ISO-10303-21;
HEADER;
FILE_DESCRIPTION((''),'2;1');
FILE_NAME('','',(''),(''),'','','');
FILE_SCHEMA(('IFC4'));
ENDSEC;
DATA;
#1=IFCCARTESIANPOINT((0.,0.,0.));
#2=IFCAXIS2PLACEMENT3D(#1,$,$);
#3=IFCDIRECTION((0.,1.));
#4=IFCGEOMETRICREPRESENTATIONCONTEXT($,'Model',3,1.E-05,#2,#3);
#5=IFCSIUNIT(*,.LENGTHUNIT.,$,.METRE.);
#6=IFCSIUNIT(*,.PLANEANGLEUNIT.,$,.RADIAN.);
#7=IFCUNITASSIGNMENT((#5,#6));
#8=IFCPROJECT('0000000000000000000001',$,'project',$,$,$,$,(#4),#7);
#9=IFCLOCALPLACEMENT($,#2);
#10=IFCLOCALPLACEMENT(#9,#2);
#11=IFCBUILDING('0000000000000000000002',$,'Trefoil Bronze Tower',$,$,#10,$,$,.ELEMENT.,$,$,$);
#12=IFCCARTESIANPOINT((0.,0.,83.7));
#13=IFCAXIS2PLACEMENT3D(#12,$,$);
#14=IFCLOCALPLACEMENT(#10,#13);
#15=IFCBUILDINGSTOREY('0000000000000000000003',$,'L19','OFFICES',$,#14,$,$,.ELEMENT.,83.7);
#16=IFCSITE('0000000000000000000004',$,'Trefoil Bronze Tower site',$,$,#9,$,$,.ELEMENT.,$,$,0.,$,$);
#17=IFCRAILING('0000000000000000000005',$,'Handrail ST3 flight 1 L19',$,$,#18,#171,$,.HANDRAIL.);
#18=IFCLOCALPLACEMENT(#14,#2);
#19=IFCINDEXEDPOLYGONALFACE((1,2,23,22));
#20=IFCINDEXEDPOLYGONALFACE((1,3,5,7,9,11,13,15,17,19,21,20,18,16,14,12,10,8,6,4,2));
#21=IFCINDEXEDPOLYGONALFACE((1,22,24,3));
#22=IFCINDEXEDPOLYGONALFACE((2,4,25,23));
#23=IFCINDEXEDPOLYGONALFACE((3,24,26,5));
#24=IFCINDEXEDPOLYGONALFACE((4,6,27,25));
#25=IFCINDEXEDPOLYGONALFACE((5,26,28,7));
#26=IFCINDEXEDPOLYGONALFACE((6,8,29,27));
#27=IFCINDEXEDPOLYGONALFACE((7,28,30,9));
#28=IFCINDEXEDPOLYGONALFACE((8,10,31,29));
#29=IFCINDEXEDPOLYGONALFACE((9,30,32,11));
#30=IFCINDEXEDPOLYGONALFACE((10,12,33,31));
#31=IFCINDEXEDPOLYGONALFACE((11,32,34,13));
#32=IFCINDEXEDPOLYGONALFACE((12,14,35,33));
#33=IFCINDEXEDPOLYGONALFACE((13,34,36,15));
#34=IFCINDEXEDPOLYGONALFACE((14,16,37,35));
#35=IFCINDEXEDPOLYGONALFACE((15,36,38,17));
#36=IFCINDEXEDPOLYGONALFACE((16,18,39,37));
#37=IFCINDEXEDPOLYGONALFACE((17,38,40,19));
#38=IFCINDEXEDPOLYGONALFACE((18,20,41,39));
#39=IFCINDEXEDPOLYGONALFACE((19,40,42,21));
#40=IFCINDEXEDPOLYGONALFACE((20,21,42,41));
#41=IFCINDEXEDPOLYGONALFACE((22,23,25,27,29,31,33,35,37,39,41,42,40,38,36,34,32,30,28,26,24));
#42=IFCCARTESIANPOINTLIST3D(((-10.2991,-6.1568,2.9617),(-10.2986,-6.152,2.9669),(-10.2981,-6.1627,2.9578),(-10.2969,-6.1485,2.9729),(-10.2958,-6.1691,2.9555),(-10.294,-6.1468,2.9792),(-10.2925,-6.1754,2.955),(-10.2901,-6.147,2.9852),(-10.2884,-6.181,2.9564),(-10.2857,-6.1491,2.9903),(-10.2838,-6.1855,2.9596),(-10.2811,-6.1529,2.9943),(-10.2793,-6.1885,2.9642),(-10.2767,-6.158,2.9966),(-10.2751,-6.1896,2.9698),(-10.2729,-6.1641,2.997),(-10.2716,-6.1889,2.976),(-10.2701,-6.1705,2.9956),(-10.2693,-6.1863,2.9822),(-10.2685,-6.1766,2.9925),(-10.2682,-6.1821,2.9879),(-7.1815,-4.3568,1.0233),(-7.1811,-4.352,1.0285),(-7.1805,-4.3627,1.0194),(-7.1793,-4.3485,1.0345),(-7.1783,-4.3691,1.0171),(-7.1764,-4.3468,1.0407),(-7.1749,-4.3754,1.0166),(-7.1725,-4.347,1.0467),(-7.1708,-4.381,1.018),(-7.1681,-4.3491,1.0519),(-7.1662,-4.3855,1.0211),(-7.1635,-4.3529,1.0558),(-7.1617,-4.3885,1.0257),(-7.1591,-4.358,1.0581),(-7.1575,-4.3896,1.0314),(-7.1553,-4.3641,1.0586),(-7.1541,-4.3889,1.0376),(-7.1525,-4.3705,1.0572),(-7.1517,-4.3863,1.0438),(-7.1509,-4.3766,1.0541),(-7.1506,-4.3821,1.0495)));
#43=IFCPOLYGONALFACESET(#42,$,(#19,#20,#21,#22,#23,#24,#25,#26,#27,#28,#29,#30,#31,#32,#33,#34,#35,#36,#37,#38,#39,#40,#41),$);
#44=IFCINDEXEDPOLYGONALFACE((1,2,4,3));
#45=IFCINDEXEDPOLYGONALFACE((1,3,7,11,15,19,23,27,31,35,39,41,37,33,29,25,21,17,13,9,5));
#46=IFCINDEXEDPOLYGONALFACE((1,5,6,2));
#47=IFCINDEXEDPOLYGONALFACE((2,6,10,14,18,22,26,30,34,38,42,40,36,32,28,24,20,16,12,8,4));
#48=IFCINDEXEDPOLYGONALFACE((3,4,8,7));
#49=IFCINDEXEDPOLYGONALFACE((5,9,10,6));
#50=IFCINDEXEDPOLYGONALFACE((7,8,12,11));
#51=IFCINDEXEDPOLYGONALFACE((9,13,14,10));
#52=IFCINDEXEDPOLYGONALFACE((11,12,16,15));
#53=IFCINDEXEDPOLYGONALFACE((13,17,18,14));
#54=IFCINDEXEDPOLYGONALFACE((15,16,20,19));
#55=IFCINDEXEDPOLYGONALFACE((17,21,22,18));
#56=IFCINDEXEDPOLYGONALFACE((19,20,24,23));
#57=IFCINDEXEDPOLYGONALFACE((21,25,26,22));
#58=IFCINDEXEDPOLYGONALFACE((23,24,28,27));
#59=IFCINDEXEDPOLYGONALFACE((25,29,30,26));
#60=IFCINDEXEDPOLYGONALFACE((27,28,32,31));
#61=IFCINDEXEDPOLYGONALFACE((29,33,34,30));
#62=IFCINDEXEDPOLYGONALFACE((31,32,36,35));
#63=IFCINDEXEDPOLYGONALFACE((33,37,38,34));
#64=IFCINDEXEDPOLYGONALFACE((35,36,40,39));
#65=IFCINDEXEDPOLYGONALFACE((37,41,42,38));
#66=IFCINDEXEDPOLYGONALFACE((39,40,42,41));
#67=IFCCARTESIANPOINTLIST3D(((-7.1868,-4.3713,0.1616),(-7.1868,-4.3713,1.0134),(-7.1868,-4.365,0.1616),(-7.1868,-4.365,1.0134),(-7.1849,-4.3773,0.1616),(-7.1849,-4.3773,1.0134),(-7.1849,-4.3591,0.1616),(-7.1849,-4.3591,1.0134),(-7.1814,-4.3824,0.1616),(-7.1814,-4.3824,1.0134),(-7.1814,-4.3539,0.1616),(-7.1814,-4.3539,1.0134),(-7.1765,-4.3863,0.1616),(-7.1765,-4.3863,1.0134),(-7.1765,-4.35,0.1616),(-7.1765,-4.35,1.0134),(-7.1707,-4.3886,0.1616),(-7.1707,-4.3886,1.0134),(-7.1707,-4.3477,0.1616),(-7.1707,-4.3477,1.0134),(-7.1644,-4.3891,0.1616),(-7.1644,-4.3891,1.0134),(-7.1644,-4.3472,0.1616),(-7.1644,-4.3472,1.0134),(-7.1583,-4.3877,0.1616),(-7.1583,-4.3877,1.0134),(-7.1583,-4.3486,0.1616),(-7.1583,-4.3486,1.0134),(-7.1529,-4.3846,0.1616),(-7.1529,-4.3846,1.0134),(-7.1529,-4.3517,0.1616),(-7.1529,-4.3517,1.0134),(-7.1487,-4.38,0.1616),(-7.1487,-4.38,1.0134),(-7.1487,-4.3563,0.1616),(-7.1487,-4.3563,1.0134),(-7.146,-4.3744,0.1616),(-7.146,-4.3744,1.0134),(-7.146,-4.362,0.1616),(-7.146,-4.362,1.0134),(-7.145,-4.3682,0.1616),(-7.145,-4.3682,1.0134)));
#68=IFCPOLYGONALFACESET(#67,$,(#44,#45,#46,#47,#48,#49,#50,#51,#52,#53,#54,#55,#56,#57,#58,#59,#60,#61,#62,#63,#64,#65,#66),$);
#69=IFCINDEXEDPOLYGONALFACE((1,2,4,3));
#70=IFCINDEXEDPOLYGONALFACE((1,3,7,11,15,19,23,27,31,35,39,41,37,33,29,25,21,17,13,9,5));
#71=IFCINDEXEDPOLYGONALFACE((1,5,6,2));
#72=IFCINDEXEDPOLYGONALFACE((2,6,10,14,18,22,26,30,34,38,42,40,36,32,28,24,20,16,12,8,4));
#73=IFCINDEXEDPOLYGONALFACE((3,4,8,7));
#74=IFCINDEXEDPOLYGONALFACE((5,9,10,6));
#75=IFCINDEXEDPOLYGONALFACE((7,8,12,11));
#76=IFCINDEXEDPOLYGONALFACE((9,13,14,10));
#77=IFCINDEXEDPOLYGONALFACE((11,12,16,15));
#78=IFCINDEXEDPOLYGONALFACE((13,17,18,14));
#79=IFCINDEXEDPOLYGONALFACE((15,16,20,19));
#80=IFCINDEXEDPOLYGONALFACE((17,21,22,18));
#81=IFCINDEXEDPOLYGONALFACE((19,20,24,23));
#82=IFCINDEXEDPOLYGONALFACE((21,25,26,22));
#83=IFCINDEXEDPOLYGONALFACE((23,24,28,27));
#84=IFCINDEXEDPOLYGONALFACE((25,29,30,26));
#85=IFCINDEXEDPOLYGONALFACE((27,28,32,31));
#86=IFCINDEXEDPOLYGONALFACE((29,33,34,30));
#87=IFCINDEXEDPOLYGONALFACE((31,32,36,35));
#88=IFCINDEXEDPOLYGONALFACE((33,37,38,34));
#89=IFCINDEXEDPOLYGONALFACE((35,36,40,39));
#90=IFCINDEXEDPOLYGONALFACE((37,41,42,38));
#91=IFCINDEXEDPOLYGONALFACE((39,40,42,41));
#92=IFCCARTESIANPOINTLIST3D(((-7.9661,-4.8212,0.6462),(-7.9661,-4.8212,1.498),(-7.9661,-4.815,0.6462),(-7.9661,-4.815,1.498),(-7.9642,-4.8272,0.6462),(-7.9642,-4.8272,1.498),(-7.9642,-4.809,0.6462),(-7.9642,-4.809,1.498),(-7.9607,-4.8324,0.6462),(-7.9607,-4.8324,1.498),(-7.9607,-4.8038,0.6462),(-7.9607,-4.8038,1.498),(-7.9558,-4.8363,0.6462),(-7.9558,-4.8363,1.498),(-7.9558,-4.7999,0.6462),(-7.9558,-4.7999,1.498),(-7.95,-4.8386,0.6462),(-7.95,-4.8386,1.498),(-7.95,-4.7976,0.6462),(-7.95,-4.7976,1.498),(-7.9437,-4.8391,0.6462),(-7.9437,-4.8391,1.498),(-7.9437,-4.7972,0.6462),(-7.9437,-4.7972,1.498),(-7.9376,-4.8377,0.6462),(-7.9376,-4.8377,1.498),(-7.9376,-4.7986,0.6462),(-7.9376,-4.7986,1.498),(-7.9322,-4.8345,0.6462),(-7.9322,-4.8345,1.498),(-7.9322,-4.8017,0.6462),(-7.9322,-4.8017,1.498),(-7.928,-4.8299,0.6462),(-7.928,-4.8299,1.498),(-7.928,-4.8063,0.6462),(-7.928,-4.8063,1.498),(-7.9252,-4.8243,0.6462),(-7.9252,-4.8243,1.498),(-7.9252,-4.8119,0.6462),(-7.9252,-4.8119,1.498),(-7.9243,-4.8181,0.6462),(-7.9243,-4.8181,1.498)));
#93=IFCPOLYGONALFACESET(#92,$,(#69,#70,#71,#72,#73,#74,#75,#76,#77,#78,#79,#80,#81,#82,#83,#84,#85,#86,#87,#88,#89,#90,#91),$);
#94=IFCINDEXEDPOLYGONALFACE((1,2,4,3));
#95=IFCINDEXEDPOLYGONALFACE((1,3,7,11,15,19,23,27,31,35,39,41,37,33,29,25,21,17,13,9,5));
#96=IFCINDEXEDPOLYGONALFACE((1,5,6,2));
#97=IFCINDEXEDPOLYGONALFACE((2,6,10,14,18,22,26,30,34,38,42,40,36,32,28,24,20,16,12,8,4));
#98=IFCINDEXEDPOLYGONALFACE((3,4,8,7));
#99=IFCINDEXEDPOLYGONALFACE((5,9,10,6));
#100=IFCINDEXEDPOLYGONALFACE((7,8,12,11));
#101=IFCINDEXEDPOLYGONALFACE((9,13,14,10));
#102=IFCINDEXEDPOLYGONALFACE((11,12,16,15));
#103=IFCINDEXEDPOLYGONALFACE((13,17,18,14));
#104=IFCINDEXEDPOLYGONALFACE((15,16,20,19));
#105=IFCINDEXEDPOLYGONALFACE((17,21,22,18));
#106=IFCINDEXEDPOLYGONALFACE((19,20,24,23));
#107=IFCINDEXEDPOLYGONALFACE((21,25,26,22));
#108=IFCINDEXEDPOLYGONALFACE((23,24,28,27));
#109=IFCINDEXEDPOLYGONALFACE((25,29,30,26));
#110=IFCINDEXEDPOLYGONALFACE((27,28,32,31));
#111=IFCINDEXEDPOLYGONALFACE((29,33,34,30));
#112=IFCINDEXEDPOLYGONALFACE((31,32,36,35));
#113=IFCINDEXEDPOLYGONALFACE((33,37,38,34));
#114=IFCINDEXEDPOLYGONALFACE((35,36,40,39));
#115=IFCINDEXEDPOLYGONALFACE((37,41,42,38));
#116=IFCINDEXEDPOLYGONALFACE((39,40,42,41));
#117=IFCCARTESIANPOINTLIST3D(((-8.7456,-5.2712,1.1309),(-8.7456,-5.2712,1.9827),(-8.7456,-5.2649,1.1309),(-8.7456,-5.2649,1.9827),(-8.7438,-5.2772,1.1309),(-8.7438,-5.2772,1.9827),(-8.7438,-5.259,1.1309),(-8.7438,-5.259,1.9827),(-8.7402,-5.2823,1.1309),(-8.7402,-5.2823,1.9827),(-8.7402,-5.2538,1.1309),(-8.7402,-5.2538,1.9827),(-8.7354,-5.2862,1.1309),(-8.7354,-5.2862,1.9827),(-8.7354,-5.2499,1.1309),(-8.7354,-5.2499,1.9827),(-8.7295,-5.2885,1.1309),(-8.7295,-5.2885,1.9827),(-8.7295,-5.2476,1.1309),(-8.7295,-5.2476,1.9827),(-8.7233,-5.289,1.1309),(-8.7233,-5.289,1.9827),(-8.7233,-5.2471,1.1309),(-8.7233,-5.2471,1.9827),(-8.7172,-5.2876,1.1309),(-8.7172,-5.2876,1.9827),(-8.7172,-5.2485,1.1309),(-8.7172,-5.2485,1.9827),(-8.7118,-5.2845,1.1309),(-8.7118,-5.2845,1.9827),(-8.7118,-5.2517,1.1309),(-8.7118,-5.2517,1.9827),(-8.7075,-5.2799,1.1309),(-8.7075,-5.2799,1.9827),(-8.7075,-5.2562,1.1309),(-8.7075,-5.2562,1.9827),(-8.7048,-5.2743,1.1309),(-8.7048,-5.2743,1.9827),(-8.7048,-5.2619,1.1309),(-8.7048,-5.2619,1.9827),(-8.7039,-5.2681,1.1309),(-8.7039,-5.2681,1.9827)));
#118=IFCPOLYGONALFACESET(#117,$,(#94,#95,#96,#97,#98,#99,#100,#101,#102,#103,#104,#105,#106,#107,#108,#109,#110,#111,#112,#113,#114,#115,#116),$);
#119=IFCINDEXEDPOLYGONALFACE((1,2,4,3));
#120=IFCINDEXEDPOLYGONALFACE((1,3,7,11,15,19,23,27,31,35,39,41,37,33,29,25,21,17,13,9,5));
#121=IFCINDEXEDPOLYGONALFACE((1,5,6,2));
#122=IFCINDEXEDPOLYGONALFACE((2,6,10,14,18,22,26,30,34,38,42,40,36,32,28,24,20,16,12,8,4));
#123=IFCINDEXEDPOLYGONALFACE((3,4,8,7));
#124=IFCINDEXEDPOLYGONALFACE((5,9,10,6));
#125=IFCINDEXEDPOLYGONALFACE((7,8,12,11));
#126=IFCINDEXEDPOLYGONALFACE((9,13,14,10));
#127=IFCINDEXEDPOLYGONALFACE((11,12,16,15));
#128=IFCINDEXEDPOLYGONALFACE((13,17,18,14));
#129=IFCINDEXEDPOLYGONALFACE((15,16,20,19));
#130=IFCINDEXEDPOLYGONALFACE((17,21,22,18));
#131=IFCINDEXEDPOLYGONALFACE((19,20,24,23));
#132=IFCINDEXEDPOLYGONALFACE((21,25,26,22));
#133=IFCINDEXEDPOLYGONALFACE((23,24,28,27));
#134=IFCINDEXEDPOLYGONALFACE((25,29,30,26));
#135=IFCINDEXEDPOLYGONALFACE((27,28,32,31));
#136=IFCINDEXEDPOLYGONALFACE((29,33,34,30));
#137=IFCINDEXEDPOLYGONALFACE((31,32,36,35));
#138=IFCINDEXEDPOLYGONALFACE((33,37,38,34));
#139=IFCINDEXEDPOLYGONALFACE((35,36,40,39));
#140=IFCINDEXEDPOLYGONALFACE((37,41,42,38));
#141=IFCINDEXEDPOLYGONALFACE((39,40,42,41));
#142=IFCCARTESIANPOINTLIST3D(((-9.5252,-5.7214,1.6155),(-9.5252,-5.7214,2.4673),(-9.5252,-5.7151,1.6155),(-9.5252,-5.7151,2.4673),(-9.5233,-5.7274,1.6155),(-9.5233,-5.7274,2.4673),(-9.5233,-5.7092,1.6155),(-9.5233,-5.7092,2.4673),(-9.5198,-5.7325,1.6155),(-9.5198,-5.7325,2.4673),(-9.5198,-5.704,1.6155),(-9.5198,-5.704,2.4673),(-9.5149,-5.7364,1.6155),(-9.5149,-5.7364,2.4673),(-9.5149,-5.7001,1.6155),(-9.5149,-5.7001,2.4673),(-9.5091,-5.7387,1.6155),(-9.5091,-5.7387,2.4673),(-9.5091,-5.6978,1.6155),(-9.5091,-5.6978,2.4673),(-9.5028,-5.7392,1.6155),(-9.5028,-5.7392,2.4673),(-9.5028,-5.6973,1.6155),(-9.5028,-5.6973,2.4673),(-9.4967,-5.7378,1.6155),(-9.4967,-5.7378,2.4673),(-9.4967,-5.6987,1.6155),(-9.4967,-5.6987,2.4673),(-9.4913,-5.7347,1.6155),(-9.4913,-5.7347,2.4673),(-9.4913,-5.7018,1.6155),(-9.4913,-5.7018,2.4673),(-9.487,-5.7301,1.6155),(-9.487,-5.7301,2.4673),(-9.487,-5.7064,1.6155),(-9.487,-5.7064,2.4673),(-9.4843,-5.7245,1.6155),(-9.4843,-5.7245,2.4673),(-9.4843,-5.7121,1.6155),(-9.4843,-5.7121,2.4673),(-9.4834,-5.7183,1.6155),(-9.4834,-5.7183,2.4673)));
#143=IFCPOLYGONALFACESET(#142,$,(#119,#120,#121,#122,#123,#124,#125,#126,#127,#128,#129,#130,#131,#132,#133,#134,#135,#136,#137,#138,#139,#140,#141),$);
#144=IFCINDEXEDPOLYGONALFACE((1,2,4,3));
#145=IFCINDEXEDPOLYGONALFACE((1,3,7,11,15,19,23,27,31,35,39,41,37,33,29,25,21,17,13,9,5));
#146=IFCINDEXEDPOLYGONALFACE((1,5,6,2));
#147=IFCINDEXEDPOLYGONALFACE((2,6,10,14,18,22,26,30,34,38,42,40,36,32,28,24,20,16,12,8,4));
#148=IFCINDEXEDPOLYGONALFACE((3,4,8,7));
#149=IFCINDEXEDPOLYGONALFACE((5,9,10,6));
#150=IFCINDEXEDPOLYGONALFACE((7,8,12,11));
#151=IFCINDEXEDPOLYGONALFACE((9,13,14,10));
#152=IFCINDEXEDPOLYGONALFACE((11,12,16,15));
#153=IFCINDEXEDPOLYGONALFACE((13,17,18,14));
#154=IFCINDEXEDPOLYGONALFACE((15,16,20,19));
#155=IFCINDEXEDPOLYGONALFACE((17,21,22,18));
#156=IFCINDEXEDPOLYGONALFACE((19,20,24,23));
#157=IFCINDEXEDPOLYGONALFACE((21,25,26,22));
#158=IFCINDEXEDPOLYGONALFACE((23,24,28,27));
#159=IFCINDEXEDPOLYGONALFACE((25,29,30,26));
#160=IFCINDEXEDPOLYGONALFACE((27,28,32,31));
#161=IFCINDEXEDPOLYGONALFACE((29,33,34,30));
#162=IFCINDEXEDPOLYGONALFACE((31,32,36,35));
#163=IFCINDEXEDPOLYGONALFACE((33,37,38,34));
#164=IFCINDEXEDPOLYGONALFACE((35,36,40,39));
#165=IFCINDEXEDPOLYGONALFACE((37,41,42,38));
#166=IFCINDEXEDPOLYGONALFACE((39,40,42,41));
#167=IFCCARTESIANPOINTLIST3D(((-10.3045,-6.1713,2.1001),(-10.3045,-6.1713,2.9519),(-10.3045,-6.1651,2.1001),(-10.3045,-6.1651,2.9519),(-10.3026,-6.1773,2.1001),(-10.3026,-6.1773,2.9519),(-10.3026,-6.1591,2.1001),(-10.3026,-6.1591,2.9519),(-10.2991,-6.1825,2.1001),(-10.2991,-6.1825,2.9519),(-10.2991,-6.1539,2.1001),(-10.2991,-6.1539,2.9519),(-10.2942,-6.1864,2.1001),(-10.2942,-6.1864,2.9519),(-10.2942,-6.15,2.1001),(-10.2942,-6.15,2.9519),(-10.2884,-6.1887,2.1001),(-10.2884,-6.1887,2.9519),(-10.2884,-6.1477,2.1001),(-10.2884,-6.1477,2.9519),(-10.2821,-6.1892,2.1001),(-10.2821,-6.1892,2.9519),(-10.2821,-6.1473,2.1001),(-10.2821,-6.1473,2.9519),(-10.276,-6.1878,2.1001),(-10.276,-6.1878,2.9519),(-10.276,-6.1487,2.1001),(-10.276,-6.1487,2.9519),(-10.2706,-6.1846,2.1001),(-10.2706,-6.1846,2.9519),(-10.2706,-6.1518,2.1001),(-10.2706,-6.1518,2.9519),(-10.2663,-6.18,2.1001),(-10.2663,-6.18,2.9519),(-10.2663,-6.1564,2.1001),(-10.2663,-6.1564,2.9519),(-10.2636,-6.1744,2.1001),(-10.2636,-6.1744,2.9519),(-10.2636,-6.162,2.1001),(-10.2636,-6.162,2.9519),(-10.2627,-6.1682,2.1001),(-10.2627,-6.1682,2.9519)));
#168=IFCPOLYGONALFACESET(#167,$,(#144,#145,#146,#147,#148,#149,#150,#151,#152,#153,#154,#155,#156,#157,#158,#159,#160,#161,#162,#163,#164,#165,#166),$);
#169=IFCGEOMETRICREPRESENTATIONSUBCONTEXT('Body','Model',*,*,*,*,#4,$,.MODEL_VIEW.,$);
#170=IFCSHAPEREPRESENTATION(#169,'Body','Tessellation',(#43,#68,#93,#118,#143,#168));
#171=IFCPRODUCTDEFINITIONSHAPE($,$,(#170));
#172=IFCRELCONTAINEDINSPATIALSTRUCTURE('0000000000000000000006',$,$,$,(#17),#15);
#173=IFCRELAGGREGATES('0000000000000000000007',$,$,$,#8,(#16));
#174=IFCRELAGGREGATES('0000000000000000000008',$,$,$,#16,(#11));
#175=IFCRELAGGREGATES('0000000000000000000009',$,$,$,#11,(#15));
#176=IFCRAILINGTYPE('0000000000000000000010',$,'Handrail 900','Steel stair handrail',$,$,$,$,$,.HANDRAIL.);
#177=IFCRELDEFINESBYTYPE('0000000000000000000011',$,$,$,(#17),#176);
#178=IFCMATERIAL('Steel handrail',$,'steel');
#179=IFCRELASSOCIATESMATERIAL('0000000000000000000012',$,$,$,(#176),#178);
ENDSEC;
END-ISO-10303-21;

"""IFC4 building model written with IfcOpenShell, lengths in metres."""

from ifc_helpers import new_model, si_unit, direction, frame, origin, origin_2d, place, context, subcontext, project, spatial, circle, extrude, material, type_object, element, save


model = new_model("IFC4")

# Units and contexts
model_context = context("Model", 3, precision=1e-05, world=origin(), true_north=direction((0.0, 1.0)))
body_context = subcontext(model_context, "Body", "Model", "MODEL_VIEW")
ifc_project = project(units=[si_unit("LENGTHUNIT", "METRE"), si_unit("PLANEANGLEUNIT", "RADIAN")], contexts=[model_context])

# Site, building, storey
site_placement = place(None, origin())
site = spatial("IfcSite", under=ifc_project, at=site_placement, Name="Trefoil Bronze Tower site", CompositionType="ELEMENT", RefElevation=0.0)
building_placement = place(site_placement, origin())
building = spatial("IfcBuilding", under=site, at=building_placement, Name="Trefoil Bronze Tower", CompositionType="ELEMENT")
storey_placement = place(building_placement, frame((0.0, 0.0, 83.7)))
storey = spatial("IfcBuildingStorey", under=building, at=storey_placement, Name="L19", Description="OFFICES", CompositionType="ELEMENT", Elevation=83.7)

# Railing
ifc_material_1 = material(Name="Steel handrail", Category="steel")
railing_type = type_object("IfcRailingType", Name="Handrail 900", Description="Steel stair handrail", PredefinedType="HANDRAIL", material=ifc_material_1)
railing_1_placement = place(storey_placement, frame((-7.166, -4.3682, 0.1616)))
element("IfcRailing", 1, at=railing_1_placement, inside=storey, type_object=railing_type, Name="Handrail ST3 flight 1 L19", PredefinedType="HANDRAIL", context=body_context, shape_type="SweptSolid", body=[
    extrude(circle(Radius=0.0239, at=origin_2d()), frame((0.0, 0.0, 0.876), z_axis=(-0.762503, -0.440246, 0.474102), x_axis=(0.500012, -0.866018, 0.0)), (0.0, 0.0, 1.0), 4.0886),
    extrude(circle(Radius=0.021, at=origin_2d()), origin(), (0.0, 0.0, 1.0), 0.8518),
    extrude(circle(Radius=0.021, at=origin_2d()), frame((-0.7793, -0.45, 0.4846)), (0.0, 0.0, 1.0), 0.8518),
    extrude(circle(Radius=0.021, at=origin_2d()), frame((-1.5588, -0.8999, 0.9692)), (0.0, 0.0, 1.0), 0.8518),
    extrude(circle(Radius=0.021, at=origin_2d()), frame((-2.3384, -1.3501, 1.4539)), (0.0, 0.0, 1.0), 0.8518),
    extrude(circle(Radius=0.021, at=origin_2d()), frame((-3.1177, -1.8, 1.9385)), (0.0, 0.0, 1.0), 0.8518),
])

save(model, "model.ifc")
